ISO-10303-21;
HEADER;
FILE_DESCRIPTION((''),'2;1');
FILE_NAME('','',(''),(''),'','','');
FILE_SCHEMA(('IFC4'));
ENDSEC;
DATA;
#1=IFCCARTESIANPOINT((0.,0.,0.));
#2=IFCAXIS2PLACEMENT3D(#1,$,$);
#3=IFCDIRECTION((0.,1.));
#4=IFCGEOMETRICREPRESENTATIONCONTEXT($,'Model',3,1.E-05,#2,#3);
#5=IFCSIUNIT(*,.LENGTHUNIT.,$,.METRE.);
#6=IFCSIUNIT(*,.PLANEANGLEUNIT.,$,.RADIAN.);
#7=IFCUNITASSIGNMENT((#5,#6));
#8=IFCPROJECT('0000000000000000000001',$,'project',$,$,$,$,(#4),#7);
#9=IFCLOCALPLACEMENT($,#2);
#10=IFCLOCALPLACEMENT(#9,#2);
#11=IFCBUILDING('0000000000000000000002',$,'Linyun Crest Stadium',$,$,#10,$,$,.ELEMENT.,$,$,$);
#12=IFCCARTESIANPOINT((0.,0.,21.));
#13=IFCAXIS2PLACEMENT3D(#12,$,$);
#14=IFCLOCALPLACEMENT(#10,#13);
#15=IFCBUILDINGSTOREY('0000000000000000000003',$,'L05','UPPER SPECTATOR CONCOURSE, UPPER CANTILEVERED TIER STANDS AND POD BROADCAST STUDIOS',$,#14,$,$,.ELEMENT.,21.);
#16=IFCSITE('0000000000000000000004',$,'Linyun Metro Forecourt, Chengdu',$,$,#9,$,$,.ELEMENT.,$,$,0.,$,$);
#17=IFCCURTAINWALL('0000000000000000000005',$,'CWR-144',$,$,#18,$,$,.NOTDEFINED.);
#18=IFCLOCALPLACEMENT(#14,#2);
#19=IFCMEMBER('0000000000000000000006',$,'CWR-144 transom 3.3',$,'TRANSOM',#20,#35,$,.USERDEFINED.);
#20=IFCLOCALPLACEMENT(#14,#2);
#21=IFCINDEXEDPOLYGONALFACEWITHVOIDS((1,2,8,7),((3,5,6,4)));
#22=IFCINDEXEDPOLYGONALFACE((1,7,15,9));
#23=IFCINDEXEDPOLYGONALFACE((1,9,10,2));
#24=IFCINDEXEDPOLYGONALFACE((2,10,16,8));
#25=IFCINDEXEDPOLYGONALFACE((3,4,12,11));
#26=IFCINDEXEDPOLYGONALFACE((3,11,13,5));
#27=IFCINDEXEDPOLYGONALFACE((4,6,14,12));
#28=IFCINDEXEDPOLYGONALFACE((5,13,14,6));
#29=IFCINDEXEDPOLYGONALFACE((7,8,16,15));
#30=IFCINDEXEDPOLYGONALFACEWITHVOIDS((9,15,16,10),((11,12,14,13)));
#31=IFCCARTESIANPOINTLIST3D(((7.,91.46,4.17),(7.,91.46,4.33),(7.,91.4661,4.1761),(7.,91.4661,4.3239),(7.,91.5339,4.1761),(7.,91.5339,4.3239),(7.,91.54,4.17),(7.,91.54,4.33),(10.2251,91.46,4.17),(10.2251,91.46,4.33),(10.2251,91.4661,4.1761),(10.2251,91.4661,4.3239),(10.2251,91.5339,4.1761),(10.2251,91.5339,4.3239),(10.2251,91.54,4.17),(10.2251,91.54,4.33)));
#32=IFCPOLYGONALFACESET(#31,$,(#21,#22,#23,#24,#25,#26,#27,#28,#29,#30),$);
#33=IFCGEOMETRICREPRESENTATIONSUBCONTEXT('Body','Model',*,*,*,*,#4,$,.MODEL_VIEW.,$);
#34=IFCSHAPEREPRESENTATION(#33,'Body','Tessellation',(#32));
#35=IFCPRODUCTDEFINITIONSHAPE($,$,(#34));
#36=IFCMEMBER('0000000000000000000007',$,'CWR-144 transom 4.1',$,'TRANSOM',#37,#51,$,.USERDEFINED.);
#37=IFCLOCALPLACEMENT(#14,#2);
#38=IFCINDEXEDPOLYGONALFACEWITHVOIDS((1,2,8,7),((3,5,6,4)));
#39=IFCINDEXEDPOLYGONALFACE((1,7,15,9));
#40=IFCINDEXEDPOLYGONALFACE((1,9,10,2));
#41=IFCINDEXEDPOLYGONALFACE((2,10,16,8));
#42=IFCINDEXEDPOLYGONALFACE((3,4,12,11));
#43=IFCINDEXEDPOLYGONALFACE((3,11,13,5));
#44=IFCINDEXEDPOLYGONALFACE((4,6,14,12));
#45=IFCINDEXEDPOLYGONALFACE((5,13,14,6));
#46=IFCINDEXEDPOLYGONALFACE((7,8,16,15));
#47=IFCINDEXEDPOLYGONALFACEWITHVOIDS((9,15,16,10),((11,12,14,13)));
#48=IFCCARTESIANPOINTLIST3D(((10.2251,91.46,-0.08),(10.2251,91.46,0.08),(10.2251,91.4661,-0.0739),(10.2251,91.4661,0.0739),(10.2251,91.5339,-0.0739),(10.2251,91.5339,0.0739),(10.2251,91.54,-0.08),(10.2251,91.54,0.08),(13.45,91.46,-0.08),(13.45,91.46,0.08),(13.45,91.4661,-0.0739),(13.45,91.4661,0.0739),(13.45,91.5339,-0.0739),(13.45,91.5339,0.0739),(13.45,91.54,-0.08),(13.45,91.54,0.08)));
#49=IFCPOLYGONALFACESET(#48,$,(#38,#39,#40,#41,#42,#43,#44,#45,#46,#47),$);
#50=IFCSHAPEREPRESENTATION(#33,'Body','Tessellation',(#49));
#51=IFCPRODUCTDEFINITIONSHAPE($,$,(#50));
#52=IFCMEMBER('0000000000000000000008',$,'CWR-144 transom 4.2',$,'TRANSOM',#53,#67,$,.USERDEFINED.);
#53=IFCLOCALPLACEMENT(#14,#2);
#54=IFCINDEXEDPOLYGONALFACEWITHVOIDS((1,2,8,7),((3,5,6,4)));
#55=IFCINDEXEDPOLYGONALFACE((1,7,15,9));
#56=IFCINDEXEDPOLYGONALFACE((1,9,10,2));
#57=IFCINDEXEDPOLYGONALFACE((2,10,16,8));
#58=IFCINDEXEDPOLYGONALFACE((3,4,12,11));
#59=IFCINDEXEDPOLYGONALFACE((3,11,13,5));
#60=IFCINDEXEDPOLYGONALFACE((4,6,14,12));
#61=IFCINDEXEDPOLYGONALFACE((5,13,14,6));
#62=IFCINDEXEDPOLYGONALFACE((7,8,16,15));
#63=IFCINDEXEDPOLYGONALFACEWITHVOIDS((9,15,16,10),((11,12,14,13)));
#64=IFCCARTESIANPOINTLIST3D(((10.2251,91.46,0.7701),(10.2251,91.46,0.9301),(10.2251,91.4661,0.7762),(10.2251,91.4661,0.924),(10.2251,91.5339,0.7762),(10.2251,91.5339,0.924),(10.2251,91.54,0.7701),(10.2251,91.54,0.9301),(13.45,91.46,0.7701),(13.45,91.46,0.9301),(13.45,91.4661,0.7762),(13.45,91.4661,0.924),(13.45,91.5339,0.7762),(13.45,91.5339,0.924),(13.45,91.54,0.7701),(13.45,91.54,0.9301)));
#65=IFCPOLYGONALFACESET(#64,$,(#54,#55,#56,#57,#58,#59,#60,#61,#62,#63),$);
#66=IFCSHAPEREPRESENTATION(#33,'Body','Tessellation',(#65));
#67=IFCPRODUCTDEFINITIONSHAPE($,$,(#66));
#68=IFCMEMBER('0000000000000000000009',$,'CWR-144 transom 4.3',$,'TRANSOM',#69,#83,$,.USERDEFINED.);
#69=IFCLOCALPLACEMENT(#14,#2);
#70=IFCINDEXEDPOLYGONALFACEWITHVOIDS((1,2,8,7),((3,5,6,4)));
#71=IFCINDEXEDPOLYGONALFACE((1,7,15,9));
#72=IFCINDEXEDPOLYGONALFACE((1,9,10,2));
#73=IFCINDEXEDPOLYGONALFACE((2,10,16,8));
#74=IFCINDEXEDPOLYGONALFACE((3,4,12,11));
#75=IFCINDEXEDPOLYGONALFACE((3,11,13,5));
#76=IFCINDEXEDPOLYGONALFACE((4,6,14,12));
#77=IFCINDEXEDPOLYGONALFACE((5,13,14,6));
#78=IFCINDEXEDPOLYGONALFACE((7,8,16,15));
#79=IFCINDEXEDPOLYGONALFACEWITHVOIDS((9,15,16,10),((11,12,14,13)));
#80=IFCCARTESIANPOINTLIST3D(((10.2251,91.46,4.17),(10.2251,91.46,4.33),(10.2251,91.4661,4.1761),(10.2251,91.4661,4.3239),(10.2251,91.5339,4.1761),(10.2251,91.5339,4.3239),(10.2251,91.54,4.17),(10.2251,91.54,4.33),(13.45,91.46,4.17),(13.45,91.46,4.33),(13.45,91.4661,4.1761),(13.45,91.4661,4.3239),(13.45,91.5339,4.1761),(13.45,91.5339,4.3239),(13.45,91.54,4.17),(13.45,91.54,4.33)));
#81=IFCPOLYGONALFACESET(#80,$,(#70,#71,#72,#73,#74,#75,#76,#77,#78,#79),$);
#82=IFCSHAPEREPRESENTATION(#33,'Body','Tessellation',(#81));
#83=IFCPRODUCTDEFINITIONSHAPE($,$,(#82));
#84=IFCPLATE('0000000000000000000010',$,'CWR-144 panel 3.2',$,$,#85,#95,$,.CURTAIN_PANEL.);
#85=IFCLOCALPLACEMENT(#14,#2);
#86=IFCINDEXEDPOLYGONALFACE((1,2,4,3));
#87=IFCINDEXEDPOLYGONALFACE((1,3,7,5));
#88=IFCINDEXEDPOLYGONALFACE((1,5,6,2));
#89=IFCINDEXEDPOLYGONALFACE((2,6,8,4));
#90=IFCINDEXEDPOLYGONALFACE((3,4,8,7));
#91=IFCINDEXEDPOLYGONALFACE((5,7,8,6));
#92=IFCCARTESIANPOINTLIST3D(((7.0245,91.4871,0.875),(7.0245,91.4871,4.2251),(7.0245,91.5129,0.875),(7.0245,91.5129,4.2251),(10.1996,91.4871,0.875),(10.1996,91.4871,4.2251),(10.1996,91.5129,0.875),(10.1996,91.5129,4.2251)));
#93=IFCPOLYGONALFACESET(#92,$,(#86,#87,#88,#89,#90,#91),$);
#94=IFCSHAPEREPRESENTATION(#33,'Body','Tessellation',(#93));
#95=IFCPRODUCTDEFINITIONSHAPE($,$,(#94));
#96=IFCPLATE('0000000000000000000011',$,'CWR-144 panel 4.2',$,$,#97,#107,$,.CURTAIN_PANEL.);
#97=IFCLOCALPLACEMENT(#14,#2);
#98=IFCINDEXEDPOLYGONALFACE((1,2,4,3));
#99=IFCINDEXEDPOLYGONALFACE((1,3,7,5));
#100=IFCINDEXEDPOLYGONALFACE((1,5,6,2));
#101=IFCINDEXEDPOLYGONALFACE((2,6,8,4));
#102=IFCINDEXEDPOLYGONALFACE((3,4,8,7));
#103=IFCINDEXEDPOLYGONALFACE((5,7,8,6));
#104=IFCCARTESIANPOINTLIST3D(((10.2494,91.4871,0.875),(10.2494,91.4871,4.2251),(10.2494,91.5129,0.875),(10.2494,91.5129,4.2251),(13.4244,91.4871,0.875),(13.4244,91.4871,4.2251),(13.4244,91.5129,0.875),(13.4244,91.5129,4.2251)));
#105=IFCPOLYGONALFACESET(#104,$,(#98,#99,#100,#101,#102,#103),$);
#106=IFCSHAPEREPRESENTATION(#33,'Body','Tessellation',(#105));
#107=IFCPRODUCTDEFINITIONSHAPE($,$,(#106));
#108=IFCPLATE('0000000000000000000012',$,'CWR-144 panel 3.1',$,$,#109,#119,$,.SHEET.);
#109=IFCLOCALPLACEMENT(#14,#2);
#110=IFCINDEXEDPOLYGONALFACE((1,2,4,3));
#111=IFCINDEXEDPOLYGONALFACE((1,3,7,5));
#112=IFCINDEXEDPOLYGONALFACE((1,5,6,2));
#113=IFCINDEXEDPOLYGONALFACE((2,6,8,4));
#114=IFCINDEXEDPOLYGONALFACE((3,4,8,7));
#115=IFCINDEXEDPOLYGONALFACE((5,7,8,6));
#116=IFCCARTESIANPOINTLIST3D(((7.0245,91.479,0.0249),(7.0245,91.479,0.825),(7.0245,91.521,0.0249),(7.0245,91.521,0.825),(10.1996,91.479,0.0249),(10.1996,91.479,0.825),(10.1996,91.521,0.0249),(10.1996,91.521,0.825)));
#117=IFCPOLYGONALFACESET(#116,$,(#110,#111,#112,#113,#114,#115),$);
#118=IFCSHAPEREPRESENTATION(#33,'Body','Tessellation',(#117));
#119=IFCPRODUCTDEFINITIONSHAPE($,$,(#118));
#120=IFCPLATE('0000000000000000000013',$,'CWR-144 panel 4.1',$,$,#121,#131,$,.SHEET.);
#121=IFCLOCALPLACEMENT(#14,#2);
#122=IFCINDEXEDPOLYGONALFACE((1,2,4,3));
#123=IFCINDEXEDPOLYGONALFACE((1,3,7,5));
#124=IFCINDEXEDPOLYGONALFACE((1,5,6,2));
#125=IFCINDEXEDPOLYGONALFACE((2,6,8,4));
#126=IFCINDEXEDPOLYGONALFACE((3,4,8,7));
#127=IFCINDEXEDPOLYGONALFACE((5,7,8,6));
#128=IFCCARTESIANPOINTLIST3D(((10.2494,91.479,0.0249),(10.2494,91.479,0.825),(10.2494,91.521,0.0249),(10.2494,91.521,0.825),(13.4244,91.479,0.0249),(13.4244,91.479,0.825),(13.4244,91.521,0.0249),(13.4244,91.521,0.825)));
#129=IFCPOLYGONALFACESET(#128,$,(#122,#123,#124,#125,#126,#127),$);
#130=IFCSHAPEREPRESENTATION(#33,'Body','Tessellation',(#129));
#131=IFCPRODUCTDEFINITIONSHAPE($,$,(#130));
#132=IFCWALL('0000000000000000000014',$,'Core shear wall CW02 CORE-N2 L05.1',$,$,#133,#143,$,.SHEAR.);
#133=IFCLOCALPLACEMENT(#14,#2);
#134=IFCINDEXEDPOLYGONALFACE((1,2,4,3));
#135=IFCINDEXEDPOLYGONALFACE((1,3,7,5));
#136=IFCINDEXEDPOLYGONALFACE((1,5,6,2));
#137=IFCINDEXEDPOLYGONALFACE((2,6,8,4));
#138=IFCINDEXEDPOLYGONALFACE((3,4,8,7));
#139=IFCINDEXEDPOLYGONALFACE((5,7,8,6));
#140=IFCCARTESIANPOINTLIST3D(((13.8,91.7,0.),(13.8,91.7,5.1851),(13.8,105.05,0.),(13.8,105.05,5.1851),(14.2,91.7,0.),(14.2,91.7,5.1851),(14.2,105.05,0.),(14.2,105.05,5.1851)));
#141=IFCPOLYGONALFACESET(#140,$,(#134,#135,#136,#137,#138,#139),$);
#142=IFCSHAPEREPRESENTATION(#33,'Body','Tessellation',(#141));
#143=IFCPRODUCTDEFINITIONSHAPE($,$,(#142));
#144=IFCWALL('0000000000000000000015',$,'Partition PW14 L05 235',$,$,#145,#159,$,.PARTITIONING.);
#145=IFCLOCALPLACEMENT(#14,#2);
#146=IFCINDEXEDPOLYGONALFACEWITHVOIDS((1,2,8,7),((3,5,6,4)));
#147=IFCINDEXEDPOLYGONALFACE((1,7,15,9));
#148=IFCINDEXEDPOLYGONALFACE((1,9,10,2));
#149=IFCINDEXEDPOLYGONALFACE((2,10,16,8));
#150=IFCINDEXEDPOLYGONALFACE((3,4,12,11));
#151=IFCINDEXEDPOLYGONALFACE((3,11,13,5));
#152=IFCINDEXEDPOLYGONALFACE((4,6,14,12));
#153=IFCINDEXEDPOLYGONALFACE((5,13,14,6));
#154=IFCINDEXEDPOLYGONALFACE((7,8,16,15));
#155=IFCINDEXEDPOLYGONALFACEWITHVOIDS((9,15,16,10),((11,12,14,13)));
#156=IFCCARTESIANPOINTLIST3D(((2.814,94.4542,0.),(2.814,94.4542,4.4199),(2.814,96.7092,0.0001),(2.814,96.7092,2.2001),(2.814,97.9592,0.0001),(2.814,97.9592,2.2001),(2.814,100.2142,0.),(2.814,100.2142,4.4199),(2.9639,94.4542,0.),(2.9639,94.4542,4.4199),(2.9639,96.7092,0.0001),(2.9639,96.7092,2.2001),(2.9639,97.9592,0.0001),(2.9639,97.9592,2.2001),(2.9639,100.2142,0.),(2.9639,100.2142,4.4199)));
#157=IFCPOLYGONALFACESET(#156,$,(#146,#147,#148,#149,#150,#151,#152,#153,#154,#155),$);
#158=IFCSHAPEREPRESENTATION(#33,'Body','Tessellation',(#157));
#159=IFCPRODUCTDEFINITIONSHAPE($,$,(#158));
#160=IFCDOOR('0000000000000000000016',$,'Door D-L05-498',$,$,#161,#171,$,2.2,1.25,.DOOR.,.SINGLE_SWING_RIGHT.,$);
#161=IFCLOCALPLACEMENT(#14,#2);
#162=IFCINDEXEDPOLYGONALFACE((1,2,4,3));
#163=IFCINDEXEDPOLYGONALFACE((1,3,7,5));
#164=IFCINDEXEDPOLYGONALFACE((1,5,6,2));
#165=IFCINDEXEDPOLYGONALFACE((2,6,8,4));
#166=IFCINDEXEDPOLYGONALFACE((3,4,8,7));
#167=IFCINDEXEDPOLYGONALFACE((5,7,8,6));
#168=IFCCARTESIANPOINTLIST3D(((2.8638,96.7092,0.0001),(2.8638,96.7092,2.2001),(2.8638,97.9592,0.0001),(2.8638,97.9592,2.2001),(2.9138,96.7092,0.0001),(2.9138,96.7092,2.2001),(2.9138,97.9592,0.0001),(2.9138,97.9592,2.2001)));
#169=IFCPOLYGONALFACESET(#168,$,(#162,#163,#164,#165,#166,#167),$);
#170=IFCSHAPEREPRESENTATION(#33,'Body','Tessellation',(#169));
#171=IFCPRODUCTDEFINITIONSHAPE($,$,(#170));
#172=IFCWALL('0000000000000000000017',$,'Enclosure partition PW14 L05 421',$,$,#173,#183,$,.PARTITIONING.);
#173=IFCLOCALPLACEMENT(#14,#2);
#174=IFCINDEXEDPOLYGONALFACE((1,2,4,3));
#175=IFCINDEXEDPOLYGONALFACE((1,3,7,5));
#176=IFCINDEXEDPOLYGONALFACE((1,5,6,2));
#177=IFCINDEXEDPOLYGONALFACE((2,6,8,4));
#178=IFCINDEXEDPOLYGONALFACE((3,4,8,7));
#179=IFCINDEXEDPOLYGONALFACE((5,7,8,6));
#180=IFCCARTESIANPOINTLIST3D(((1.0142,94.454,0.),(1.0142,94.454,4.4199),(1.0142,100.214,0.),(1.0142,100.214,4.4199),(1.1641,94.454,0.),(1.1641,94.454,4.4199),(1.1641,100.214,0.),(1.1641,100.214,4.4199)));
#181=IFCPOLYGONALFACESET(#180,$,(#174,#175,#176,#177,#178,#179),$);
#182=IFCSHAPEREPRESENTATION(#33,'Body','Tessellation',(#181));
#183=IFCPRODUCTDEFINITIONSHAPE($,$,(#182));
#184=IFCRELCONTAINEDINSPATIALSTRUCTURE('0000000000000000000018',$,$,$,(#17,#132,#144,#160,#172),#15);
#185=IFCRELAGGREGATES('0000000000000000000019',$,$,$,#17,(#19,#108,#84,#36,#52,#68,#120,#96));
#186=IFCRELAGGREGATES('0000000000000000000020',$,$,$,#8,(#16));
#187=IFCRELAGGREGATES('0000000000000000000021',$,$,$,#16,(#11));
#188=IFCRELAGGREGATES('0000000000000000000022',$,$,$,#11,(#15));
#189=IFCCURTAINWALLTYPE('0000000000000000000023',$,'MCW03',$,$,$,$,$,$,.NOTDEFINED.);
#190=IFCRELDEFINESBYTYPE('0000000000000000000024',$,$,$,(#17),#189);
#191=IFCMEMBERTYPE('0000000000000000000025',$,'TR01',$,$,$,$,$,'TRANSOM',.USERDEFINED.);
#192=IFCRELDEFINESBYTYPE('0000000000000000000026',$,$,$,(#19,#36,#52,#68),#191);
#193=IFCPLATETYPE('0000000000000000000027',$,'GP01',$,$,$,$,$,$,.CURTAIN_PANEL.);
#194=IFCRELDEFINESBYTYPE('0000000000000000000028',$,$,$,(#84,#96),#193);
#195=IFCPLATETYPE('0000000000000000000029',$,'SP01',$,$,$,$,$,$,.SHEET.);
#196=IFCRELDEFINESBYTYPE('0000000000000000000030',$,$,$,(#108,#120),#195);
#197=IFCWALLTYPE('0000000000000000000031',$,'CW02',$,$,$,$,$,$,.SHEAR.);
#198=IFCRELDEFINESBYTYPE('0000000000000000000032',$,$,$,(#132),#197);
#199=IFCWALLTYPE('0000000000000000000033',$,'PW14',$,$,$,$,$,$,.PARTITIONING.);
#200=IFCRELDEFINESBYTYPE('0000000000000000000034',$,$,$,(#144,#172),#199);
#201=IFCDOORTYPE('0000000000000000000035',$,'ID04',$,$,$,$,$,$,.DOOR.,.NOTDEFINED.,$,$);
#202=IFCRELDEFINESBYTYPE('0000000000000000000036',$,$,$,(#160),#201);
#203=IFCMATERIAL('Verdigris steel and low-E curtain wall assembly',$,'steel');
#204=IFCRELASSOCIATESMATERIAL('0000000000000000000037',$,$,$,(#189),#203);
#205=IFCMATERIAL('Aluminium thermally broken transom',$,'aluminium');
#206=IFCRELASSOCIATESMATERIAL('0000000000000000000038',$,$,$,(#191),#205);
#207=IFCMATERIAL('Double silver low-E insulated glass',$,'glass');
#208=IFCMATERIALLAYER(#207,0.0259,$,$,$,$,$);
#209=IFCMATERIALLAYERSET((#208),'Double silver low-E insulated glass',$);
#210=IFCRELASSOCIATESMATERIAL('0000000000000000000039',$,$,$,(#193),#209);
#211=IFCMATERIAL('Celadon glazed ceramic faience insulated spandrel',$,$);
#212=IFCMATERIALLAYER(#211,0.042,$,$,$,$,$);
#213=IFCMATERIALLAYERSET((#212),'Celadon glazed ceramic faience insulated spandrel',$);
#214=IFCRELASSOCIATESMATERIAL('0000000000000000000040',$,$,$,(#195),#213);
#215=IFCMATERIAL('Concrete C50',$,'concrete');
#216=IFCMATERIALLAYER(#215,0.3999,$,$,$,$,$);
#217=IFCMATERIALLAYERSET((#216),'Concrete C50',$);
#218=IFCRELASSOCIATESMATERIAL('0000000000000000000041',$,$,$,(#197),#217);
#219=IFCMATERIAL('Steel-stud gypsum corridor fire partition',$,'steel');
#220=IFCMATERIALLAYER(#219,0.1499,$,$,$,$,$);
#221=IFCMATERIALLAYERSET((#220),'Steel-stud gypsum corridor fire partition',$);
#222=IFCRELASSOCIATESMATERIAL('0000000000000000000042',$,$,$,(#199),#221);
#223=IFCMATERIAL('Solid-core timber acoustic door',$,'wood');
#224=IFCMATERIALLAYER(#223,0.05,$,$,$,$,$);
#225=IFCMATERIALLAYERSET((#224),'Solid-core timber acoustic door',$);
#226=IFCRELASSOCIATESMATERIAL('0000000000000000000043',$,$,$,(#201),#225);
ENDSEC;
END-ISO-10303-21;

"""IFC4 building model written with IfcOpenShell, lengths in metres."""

from ifc_helpers import new_model, si_unit, direction, frame, frame_2d, origin, origin_2d, place, context, subcontext, project, spatial, rectangle, hollow_rectangle, extrude, material, layer, layer_set, material_profile, profile_set, type_object, element, fill, aggregate, save


model = new_model("IFC4")

# Units and contexts
model_context = context("Model", 3, precision=1e-05, world=origin(), true_north=direction((0.0, 1.0)))
body_context = subcontext(model_context, "Body", "Model", "MODEL_VIEW")
ifc_project = project(units=[si_unit("LENGTHUNIT", "METRE"), si_unit("PLANEANGLEUNIT", "RADIAN")], contexts=[model_context])

# Site, building, storey
site_placement = place(None, origin())
site = spatial("IfcSite", under=ifc_project, at=site_placement, Name="Linyun Metro Forecourt, Chengdu", CompositionType="ELEMENT", RefElevation=0.0)
building_placement = place(site_placement, origin())
building = spatial("IfcBuilding", under=site, at=building_placement, Name="Linyun Crest Stadium", CompositionType="ELEMENT")
storey_placement = place(building_placement, frame((0.0, 0.0, 21.0)))
storey = spatial("IfcBuildingStorey", under=building, at=storey_placement, Name="L05", Description="UPPER SPECTATOR CONCOURSE, UPPER CANTILEVERED TIER STANDS AND POD BROADCAST STUDIOS", CompositionType="ELEMENT", Elevation=21.0)

# Curtain wall
ifc_material_1 = material(Name="Verdigris steel and low-E curtain wall assembly", Category="steel")
curtain_wall_type = type_object("IfcCurtainWallType", Name="MCW03", PredefinedType="NOTDEFINED", material=ifc_material_1)
curtain_wall_placement = place(storey_placement, origin())
curtain_wall = element("IfcCurtainWall", 1, at=curtain_wall_placement, inside=storey, type_object=curtain_wall_type, Name="CWR-144", PredefinedType="NOTDEFINED")

# Members
ifc_material_2 = material(Name="Aluminium thermally broken transom", Category="aluminium")
ifc_material_profile_1 = material_profile(ifc_material_2, hollow_rectangle(XDim=0.0801, YDim=0.1599, WallThickness=0.0061, at=origin_2d()), Name="RHS 160x80x6")
ifc_profile_set_1 = profile_set([ifc_material_profile_1], Name="Aluminium thermally broken transom")
member_type_1 = type_object("IfcMemberType", Name="TR01", ElementType="TRANSOM", PredefinedType="USERDEFINED", material=ifc_profile_set_1)
member_1_placement = place(storey_placement, frame((7.0, 91.5, 4.25), z_axis=(1.0, 0.0, 0.0), x_axis=(0.0, 1.0, 0.0)))
member_1 = element("IfcMember", 2, at=member_1_placement, type_object=member_type_1, Name="CWR-144 transom 3.3", ObjectType="TRANSOM", PredefinedType="USERDEFINED", context=body_context, shape_type="SweptSolid", body=[
    extrude(hollow_rectangle(XDim=0.0801, YDim=0.1599, WallThickness=0.0061, at=origin_2d()), origin(), (0.0, 0.0, 1.0), 3.2251),
])
member_2_placement = place(storey_placement, frame((10.2251, 91.5, 0.0), z_axis=(1.0, 0.0, 0.0), x_axis=(0.0, 1.0, 0.0)))
member_2 = element("IfcMember", 3, at=member_2_placement, type_object=member_type_1, Name="CWR-144 transom 4.1", ObjectType="TRANSOM", PredefinedType="USERDEFINED", context=body_context, shape_type="SweptSolid", body=[
    extrude(hollow_rectangle(XDim=0.0801, YDim=0.1599, WallThickness=0.0061, at=origin_2d()), origin(), (0.0, 0.0, 1.0), 3.2249),
])
member_3_placement = place(storey_placement, frame((10.2251, 91.5, 0.8501), z_axis=(1.0, 0.0, 0.0), x_axis=(0.0, 1.0, 0.0)))
member_3 = element("IfcMember", 4, at=member_3_placement, type_object=member_type_1, Name="CWR-144 transom 4.2", ObjectType="TRANSOM", PredefinedType="USERDEFINED", context=body_context, shape_type="SweptSolid", body=[
    extrude(hollow_rectangle(XDim=0.0801, YDim=0.1599, WallThickness=0.0061, at=origin_2d()), origin(), (0.0, 0.0, 1.0), 3.2249),
])
member_4_placement = place(storey_placement, frame((10.2251, 91.5, 4.25), z_axis=(1.0, 0.0, 0.0), x_axis=(0.0, 1.0, 0.0)))
member_4 = element("IfcMember", 5, at=member_4_placement, type_object=member_type_1, Name="CWR-144 transom 4.3", ObjectType="TRANSOM", PredefinedType="USERDEFINED", context=body_context, shape_type="SweptSolid", body=[
    extrude(hollow_rectangle(XDim=0.0801, YDim=0.1599, WallThickness=0.0061, at=origin_2d()), origin(), (0.0, 0.0, 1.0), 3.2249),
])

# Plates
ifc_material_3 = material(Name="Double silver low-E insulated glass", Category="glass")
ifc_layer_1 = layer(ifc_material_3, 0.0259)
ifc_layer_set_1 = layer_set([ifc_layer_1], Name="Double silver low-E insulated glass")
plate_type_1 = type_object("IfcPlateType", Name="GP01", PredefinedType="CURTAIN_PANEL", material=ifc_layer_set_1)
plate_1_placement = place(storey_placement, frame((8.6121, 91.5, 0.875), z_axis=(0.0, 0.0, 1.0), x_axis=(1.0, 0.0, 0.0)))
plate_1 = element("IfcPlate", 6, at=plate_1_placement, type_object=plate_type_1, Name="CWR-144 panel 3.2", PredefinedType="CURTAIN_PANEL", context=body_context, shape_type="SweptSolid", body=[
    extrude(rectangle(XDim=3.175, YDim=0.0259, at=origin_2d()), origin(), (0.0, 0.0, 1.0), 3.3501),
])
plate_2_placement = place(storey_placement, frame((11.8369, 91.5, 0.875), z_axis=(0.0, 0.0, 1.0), x_axis=(1.0, 0.0, 0.0)))
plate_2 = element("IfcPlate", 7, at=plate_2_placement, type_object=plate_type_1, Name="CWR-144 panel 4.2", PredefinedType="CURTAIN_PANEL", context=body_context, shape_type="SweptSolid", body=[
    extrude(rectangle(XDim=3.175, YDim=0.0259, at=origin_2d()), origin(), (0.0, 0.0, 1.0), 3.3501),
])
ifc_material_4 = material(Name="Celadon glazed ceramic faience insulated spandrel")
ifc_layer_2 = layer(ifc_material_4, 0.042)
ifc_layer_set_2 = layer_set([ifc_layer_2], Name="Celadon glazed ceramic faience insulated spandrel")
plate_type_2 = type_object("IfcPlateType", Name="SP01", PredefinedType="SHEET", material=ifc_layer_set_2)
plate_3_placement = place(storey_placement, frame((8.6121, 91.5, 0.0249), z_axis=(0.0, 0.0, 1.0), x_axis=(1.0, 0.0, 0.0)))
plate_3 = element("IfcPlate", 8, at=plate_3_placement, type_object=plate_type_2, Name="CWR-144 panel 3.1", PredefinedType="SHEET", context=body_context, shape_type="SweptSolid", body=[
    extrude(rectangle(XDim=3.175, YDim=0.042, at=origin_2d()), origin(), (0.0, 0.0, 1.0), 0.8),
])
plate_4_placement = place(storey_placement, frame((11.8369, 91.5, 0.0249), z_axis=(0.0, 0.0, 1.0), x_axis=(1.0, 0.0, 0.0)))
plate_4 = element("IfcPlate", 9, at=plate_4_placement, type_object=plate_type_2, Name="CWR-144 panel 4.1", PredefinedType="SHEET", context=body_context, shape_type="SweptSolid", body=[
    extrude(rectangle(XDim=3.175, YDim=0.042, at=origin_2d()), origin(), (0.0, 0.0, 1.0), 0.8),
])
aggregate(curtain_wall, [member_1, plate_3, plate_1, member_2, member_3, member_4, plate_4, plate_2])

# Wall
ifc_material_5 = material(Name="Concrete C50", Category="concrete")
ifc_layer_3 = layer(ifc_material_5, 0.3999)
ifc_layer_set_3 = layer_set([ifc_layer_3], Name="Concrete C50")
wall_type_1 = type_object("IfcWallType", Name="CW02", PredefinedType="SHEAR", material=ifc_layer_set_3)
wall_1_placement = place(storey_placement, frame((14.0, 91.7, 0.0), z_axis=(0.0, 0.0, 1.0), x_axis=(0.0, 1.0, 0.0)))
element("IfcWall", 10, at=wall_1_placement, inside=storey, type_object=wall_type_1, Name="Core shear wall CW02 CORE-N2 L05.1", PredefinedType="SHEAR", context=body_context, shape_type="SweptSolid", body=[
    extrude(rectangle(XDim=13.3501, YDim=0.3999, at=frame_2d((6.675, 0.0))), origin(), (0.0, 0.0, 1.0), 5.1851),
])

# Wall, opening, door
ifc_material_6 = material(Name="Steel-stud gypsum corridor fire partition", Category="steel")
ifc_layer_4 = layer(ifc_material_6, 0.1499)
ifc_layer_set_4 = layer_set([ifc_layer_4], Name="Steel-stud gypsum corridor fire partition")
wall_type_2 = type_object("IfcWallType", Name="PW14", PredefinedType="PARTITIONING", material=ifc_layer_set_4)
wall_2_placement = place(storey_placement, frame((2.8889, 100.2141, 0.0), z_axis=(0.0, 0.0, 1.0), x_axis=(0.0, -1.0, 0.0)))
wall_2 = element("IfcWall", 11, at=wall_2_placement, inside=storey, type_object=wall_type_2, Name="Partition PW14 L05 235", PredefinedType="PARTITIONING", context=body_context, shape_type="SweptSolid", body=[
    extrude(rectangle(XDim=5.76, YDim=0.1499, at=frame_2d((2.8799, 0.0))), origin(), (0.0, 0.0, 1.0), 4.4199),
])
opening_1_placement = place(wall_2_placement, frame((2.2549, 0.0, 0.0)))
opening_1 = element("IfcOpeningElement", 12, at=opening_1_placement, cuts=wall_2, PredefinedType="OPENING", context=body_context, shape_type="SweptSolid", body=[
    extrude(rectangle(XDim=1.25, YDim=2.2, at=frame_2d((0.625, 1.1001))), frame((0.0, 0.085, 0.0), z_axis=(0.0, -1.0, 0.0), x_axis=(1.0, 0.0, 0.0)), (0.0, 0.0, 1.0), 0.1699),
])
ifc_material_7 = material(Name="Solid-core timber acoustic door", Category="wood")
ifc_layer_5 = layer(ifc_material_7, 0.05)
ifc_layer_set_5 = layer_set([ifc_layer_5], Name="Solid-core timber acoustic door")
door_type_1 = type_object("IfcDoorType", Name="ID04", OperationType="NOTDEFINED", PredefinedType="DOOR", material=ifc_layer_set_5)
door_1_placement = place(opening_1_placement, origin())
door_1 = element("IfcDoor", 13, at=door_1_placement, inside=storey, type_object=door_type_1, Name="Door D-L05-498", OperationType="SINGLE_SWING_RIGHT", OverallHeight=2.2, OverallWidth=1.25, PredefinedType="DOOR", context=body_context, shape_type="SweptSolid", body=[
    extrude(rectangle(XDim=1.25, YDim=2.2, at=frame_2d((0.625, 1.1001))), frame((0.0, 0.0249, 0.0), z_axis=(0.0, -1.0, 0.0), x_axis=(1.0, 0.0, 0.0)), (0.0, 0.0, 1.0), 0.05),
])
fill(opening_1, door_1)

# Wall
wall_3_placement = place(storey_placement, frame((1.0891, 94.4541, 0.0), z_axis=(0.0, 0.0, 1.0), x_axis=(0.0, 1.0, 0.0)))
element("IfcWall", 14, at=wall_3_placement, inside=storey, type_object=wall_type_2, Name="Enclosure partition PW14 L05 421", PredefinedType="PARTITIONING", context=body_context, shape_type="SweptSolid", body=[
    extrude(rectangle(XDim=5.76, YDim=0.1499, at=frame_2d((2.8799, 0.0))), origin(), (0.0, 0.0, 1.0), 4.4199),
])

save(model, "model.ifc")
